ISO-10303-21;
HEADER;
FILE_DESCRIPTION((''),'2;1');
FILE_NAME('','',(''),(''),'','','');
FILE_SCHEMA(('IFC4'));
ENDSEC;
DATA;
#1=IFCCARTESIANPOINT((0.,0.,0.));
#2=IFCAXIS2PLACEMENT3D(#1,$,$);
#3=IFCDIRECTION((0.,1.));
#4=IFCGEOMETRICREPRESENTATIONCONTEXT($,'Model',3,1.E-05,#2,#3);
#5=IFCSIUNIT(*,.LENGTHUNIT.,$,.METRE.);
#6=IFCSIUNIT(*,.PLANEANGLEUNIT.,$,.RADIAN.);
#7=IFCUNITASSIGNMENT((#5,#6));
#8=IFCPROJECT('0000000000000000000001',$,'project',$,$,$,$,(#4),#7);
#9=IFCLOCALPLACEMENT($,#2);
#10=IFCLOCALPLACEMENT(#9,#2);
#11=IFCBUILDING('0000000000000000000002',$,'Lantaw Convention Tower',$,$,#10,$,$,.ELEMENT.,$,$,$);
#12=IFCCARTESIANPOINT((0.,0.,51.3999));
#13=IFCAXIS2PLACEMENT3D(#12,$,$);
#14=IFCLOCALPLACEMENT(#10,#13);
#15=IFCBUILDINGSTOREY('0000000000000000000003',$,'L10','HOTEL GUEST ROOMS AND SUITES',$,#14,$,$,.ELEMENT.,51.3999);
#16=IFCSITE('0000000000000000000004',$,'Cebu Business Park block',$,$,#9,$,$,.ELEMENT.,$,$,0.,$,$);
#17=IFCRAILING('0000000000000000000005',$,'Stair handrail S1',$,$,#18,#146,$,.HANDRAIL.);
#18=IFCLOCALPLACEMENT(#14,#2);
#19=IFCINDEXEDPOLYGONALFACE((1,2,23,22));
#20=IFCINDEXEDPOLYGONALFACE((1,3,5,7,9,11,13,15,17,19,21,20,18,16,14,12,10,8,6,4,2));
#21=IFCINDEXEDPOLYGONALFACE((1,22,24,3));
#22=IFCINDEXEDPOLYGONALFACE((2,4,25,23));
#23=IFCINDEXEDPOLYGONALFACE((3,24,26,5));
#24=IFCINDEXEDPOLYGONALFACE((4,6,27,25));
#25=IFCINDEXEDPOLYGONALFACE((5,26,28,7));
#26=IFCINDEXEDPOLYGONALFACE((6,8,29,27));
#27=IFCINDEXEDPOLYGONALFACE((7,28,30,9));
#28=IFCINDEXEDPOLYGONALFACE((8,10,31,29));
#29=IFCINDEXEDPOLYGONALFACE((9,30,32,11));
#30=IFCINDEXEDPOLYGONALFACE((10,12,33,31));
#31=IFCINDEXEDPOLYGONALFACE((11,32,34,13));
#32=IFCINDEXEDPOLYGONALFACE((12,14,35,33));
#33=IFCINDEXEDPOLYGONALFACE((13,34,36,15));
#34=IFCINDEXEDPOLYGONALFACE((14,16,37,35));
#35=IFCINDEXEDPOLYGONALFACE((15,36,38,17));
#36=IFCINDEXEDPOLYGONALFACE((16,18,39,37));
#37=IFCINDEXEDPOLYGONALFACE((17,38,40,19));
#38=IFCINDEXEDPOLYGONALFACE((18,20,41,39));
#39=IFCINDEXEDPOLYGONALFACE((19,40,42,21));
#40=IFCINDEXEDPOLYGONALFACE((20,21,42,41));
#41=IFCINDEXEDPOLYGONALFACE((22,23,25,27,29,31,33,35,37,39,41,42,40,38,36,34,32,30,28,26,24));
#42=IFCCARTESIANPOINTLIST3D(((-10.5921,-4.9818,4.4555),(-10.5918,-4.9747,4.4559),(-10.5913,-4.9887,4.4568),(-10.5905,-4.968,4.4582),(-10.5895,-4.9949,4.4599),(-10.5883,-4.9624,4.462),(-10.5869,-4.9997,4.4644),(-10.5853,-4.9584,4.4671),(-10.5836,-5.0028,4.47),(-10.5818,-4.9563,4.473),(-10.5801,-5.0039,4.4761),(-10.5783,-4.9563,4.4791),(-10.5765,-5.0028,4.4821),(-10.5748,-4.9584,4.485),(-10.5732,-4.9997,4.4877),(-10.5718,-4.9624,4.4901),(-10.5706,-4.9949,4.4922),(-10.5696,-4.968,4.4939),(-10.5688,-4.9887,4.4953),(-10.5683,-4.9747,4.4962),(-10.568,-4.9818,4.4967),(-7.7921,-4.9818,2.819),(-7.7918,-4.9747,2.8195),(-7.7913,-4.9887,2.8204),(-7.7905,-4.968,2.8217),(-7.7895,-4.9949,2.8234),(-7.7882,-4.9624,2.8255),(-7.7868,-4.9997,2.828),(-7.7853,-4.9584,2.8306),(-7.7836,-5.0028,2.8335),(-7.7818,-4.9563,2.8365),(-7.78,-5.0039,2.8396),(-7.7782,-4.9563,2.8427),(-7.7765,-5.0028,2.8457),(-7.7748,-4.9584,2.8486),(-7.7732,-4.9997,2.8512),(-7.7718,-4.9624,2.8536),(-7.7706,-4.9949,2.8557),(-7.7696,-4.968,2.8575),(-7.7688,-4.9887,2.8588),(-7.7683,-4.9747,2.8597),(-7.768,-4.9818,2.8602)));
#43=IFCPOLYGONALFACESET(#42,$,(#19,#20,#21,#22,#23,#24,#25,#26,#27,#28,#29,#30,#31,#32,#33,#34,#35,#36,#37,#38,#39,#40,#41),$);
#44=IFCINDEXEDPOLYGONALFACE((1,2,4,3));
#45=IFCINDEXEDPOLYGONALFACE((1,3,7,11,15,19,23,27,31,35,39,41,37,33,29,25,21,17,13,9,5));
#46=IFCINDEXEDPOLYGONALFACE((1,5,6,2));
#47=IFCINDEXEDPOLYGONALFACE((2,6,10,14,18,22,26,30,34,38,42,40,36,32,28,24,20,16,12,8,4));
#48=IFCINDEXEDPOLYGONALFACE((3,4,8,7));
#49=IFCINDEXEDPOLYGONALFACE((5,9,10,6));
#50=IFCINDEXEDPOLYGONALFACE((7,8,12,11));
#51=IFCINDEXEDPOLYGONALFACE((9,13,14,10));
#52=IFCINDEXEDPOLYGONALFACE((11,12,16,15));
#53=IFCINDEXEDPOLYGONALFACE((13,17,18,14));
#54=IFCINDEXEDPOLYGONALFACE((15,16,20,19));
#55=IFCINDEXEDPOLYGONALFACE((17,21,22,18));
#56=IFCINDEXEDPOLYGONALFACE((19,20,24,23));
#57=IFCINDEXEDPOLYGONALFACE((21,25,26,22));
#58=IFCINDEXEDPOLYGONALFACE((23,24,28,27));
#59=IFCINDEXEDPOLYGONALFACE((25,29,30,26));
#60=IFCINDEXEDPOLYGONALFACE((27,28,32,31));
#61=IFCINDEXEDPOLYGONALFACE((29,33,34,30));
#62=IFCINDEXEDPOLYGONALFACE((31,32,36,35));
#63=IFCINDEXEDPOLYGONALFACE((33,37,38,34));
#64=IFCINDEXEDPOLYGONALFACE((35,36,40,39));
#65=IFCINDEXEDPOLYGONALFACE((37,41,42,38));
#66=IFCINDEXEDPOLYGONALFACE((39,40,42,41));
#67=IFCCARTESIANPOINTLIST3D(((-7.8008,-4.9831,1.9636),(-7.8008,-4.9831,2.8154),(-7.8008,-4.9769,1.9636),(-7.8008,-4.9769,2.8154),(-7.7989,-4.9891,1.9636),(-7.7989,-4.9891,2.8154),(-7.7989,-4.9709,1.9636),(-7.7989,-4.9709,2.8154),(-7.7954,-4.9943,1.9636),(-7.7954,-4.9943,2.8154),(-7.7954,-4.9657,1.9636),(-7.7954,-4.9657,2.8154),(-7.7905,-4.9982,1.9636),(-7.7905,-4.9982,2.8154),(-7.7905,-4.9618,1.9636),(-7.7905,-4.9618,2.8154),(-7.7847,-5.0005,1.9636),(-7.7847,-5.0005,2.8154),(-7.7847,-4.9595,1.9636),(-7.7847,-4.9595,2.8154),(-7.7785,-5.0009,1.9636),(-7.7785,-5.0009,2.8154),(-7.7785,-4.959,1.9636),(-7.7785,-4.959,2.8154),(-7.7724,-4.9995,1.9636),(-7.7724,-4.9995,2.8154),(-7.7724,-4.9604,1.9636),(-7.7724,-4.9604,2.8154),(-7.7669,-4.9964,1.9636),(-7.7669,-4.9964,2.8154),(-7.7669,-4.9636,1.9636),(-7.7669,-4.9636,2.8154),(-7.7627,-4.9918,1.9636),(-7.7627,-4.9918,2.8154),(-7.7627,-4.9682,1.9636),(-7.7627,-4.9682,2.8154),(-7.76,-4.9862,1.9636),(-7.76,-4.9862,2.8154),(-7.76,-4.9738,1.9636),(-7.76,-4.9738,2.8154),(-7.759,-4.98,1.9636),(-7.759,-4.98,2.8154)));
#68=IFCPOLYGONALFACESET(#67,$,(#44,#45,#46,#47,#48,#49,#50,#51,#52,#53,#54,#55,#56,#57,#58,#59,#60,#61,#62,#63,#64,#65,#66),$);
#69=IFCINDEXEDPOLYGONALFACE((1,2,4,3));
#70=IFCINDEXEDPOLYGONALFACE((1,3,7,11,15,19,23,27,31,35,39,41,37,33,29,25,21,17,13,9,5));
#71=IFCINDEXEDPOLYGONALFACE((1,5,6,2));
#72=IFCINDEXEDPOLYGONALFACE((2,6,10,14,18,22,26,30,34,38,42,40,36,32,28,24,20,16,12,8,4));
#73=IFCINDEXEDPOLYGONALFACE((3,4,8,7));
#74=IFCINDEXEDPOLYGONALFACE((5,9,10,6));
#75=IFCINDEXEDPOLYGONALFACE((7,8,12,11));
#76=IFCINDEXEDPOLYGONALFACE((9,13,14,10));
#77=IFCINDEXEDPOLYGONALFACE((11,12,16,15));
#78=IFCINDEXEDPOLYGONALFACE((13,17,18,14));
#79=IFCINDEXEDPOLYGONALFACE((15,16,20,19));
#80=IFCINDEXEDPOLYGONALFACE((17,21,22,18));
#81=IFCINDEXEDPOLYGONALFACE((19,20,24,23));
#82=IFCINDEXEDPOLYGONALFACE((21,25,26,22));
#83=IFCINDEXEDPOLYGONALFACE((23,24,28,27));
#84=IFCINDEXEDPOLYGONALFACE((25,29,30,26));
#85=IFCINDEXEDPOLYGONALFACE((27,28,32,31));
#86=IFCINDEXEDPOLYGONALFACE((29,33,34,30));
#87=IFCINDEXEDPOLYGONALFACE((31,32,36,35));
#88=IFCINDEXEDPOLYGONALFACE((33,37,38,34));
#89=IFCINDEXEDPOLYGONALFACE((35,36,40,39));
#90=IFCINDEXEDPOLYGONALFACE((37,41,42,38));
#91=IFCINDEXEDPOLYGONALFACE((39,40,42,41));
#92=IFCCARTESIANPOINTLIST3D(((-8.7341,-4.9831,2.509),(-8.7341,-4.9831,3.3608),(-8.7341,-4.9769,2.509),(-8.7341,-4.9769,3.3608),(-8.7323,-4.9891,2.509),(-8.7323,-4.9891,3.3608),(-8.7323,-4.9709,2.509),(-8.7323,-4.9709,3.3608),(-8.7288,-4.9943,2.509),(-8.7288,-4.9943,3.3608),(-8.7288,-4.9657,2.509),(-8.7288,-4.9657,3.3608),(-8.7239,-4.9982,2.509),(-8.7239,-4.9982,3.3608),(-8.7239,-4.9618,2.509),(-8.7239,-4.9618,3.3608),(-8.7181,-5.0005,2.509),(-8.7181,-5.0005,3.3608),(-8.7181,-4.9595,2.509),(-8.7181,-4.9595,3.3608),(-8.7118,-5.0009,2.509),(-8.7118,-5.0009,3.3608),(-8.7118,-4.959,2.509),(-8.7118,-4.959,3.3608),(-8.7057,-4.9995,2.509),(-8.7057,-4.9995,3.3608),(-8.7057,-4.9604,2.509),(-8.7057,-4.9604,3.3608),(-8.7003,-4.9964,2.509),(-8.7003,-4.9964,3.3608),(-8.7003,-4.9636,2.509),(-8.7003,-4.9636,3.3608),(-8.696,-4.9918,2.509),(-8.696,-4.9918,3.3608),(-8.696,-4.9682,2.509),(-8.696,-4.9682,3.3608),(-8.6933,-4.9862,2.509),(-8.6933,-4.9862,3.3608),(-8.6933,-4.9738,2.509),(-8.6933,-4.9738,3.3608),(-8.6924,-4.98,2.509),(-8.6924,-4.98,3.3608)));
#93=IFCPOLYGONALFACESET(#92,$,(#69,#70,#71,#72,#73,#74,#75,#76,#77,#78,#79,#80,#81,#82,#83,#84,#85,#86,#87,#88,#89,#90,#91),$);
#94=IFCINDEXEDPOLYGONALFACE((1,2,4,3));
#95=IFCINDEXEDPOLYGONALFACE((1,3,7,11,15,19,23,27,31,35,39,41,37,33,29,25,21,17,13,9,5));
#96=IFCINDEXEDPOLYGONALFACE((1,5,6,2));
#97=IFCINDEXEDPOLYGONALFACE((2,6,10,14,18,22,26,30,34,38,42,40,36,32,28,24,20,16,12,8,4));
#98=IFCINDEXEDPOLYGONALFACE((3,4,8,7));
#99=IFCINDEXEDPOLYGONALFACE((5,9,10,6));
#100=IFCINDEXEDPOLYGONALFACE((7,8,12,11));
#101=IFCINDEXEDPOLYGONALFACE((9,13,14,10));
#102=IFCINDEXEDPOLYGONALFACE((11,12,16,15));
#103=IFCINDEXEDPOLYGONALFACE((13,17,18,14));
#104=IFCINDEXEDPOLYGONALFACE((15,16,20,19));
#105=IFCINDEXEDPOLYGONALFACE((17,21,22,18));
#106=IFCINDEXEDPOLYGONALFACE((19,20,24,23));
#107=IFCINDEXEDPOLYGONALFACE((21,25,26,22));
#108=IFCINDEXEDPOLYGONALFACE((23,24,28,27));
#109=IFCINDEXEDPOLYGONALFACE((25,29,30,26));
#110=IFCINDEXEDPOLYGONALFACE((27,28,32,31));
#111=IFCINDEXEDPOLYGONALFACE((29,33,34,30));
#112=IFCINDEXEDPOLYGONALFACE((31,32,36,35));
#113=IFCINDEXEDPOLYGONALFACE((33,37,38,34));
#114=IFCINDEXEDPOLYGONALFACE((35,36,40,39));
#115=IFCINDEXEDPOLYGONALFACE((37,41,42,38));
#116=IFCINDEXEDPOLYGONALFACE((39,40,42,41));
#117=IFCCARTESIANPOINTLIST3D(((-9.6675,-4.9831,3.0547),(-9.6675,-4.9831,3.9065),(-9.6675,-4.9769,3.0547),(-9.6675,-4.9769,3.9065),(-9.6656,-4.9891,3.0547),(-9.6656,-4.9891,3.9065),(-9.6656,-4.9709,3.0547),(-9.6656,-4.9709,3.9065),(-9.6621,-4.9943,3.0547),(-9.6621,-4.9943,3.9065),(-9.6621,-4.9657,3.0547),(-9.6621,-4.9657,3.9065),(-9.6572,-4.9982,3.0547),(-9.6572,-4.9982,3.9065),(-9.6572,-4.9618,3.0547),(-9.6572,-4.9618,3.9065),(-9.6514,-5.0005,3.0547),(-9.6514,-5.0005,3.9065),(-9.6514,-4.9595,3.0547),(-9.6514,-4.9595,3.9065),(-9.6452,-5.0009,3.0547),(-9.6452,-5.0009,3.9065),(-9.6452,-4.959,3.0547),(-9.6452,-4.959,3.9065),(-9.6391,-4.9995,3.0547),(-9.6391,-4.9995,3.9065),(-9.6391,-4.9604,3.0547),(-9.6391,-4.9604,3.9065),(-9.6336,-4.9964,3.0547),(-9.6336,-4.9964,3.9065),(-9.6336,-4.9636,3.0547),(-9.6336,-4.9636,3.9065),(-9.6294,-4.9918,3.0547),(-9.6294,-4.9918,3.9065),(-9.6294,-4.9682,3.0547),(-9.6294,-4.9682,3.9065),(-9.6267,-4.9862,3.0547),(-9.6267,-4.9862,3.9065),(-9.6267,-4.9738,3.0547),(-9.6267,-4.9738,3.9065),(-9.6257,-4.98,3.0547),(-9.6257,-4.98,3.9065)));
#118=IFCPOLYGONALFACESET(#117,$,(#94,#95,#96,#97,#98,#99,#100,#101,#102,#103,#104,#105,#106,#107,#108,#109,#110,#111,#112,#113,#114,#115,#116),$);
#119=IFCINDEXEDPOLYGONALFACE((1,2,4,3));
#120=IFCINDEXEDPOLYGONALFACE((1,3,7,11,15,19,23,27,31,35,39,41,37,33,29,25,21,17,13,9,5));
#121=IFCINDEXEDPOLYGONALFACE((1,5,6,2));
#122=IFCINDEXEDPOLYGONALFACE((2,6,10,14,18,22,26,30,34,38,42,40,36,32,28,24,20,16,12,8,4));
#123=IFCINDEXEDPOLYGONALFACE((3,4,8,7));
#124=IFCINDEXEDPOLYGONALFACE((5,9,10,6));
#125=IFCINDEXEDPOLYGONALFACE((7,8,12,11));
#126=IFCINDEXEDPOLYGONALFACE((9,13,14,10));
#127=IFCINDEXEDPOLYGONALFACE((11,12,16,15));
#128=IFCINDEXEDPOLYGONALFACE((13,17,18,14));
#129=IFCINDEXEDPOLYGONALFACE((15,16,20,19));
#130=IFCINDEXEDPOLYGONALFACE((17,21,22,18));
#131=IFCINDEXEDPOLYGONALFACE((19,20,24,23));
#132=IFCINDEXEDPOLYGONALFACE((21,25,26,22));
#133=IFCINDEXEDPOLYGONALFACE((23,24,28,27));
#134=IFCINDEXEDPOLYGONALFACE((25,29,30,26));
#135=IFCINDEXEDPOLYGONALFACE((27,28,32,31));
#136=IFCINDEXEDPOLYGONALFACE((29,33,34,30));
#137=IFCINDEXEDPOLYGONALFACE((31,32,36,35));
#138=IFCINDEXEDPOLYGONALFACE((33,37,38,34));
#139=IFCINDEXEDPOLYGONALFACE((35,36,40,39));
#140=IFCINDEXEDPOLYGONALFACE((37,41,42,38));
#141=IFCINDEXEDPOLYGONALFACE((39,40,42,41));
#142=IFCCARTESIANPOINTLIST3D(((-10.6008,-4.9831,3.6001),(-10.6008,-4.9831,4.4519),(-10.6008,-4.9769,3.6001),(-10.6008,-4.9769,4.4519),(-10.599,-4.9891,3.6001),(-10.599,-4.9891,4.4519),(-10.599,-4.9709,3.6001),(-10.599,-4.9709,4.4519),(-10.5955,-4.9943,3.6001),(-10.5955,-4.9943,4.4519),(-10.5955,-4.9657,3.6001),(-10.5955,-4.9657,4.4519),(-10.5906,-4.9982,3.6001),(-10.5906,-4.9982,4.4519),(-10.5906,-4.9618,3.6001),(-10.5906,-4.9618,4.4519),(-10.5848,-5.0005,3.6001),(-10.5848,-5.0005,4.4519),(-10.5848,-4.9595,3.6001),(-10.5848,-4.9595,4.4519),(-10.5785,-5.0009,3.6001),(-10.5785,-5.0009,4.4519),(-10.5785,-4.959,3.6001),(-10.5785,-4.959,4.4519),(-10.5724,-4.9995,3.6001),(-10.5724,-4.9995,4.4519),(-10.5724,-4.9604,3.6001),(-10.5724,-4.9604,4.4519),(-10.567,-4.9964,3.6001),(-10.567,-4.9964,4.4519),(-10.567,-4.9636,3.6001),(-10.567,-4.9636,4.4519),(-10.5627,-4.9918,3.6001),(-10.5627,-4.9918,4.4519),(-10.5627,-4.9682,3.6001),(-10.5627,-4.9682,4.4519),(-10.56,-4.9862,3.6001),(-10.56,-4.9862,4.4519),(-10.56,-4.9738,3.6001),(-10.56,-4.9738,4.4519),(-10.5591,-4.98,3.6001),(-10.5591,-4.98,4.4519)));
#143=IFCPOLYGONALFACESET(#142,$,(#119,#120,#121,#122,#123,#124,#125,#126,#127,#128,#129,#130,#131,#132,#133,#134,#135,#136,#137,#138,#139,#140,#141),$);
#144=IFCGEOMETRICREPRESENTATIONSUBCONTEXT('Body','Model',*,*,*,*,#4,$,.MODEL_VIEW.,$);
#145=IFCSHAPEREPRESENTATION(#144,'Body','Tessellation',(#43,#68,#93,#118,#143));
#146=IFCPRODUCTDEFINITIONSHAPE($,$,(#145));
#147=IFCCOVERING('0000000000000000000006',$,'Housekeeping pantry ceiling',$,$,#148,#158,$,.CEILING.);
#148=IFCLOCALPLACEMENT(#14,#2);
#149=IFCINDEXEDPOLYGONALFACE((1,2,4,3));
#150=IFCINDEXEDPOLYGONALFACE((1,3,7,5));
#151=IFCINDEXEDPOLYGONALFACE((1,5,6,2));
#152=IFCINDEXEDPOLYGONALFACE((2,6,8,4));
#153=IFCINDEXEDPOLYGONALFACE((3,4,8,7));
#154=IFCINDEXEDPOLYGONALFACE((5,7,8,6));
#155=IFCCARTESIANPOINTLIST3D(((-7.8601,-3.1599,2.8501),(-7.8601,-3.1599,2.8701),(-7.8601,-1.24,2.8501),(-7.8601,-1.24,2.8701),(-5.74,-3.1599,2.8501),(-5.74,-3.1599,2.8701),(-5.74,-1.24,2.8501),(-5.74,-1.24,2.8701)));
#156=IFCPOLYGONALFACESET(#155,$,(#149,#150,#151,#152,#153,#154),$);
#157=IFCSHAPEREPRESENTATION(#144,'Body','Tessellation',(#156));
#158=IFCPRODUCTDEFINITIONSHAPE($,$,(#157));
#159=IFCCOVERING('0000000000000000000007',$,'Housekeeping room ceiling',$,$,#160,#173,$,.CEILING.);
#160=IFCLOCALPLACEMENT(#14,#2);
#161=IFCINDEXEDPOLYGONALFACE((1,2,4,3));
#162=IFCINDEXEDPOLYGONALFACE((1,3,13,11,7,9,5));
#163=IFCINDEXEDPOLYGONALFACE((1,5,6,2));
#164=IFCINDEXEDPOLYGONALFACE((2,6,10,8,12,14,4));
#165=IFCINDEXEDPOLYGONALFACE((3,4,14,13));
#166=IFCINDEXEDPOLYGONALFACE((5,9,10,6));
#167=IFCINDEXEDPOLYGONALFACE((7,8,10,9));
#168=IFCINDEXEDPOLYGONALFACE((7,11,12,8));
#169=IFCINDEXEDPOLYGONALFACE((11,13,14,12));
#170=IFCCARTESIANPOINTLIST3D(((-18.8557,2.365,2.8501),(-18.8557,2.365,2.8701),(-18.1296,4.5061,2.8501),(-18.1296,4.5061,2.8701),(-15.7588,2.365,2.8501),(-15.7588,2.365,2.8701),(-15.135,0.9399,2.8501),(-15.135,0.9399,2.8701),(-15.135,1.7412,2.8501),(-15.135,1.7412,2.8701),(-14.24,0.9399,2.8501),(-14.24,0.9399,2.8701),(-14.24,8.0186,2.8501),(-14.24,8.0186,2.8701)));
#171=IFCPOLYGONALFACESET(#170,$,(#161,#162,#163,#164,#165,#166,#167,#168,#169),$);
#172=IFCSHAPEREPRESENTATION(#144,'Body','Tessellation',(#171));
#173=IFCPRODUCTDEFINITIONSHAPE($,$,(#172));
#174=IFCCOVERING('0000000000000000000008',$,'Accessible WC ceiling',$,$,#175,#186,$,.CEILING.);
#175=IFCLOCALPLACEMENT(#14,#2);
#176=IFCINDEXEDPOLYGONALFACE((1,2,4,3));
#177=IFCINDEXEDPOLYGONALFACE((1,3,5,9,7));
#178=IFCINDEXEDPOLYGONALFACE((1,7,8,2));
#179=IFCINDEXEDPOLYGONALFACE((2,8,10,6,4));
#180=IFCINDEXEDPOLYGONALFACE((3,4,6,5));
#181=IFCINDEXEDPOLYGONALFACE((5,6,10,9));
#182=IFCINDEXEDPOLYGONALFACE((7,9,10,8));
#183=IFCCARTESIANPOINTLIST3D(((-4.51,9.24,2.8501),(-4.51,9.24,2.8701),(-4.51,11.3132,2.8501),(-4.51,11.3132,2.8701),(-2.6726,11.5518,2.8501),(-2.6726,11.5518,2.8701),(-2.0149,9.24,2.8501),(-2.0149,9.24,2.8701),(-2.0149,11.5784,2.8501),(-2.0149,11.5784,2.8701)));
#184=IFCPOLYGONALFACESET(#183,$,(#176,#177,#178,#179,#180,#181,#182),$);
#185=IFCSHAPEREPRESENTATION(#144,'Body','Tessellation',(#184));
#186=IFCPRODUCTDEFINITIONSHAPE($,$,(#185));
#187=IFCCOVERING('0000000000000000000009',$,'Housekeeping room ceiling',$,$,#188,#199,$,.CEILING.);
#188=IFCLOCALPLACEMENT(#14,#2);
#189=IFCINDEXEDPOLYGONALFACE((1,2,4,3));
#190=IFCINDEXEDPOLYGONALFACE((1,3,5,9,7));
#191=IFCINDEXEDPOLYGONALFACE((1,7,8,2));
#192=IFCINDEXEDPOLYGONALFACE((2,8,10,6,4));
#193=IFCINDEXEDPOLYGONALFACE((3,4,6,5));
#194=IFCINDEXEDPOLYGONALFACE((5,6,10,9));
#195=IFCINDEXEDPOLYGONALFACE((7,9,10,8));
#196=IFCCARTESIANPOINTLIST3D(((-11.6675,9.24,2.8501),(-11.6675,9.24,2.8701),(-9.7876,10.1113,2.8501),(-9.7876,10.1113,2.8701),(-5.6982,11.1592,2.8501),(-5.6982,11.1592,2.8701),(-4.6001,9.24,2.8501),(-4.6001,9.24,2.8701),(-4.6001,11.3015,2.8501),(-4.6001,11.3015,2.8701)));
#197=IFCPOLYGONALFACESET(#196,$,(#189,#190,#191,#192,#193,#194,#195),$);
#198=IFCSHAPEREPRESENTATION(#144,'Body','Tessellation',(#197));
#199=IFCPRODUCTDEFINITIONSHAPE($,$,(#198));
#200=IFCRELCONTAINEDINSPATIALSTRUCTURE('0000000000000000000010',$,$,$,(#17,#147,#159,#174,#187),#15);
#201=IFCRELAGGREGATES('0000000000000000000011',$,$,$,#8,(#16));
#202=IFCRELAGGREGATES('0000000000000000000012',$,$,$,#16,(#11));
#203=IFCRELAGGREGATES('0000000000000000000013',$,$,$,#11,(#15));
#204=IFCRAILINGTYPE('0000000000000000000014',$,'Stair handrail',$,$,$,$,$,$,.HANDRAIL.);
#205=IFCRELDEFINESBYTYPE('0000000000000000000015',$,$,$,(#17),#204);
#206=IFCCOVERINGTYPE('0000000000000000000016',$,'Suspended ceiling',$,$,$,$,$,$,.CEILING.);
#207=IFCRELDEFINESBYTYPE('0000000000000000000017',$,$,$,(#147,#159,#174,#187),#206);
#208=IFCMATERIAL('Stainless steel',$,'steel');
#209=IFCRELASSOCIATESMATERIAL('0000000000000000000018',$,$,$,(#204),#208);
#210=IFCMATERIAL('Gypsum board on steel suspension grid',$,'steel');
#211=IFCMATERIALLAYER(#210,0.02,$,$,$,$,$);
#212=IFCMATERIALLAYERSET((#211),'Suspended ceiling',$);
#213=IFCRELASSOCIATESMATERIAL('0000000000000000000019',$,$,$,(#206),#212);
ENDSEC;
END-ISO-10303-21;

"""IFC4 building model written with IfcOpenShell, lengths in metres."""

from ifc_helpers import new_model, si_unit, direction, frame, origin, origin_2d, place, context, subcontext, project, spatial, polyline, circle, outline, extrude, material, layer, layer_set, type_object, element, save


model = new_model("IFC4")

# Units and contexts
model_context = context("Model", 3, precision=1e-05, world=origin(), true_north=direction((0.0, 1.0)))
body_context = subcontext(model_context, "Body", "Model", "MODEL_VIEW")
ifc_project = project(units=[si_unit("LENGTHUNIT", "METRE"), si_unit("PLANEANGLEUNIT", "RADIAN")], contexts=[model_context])

# Site, building, storey
site_placement = place(None, origin())
site = spatial("IfcSite", under=ifc_project, at=site_placement, Name="Cebu Business Park block", CompositionType="ELEMENT", RefElevation=0.0)
building_placement = place(site_placement, origin())
building = spatial("IfcBuilding", under=site, at=building_placement, Name="Lantaw Convention Tower", CompositionType="ELEMENT")
storey_placement = place(building_placement, frame((0.0, 0.0, 51.3999)))
storey = spatial("IfcBuildingStorey", under=building, at=storey_placement, Name="L10", Description="HOTEL GUEST ROOMS AND SUITES", CompositionType="ELEMENT", Elevation=51.3999)

# Shared definitions
ifc_material_1 = material(Name="Stainless steel", Category="steel")

# Railing
railing_type = type_object("IfcRailingType", Name="Stair handrail", PredefinedType="HANDRAIL", material=ifc_material_1)
railing_1_placement = place(storey_placement, frame((-7.78, -4.98, 1.9636)))
element("IfcRailing", 1, at=railing_1_placement, inside=storey, type_object=railing_type, Name="Stair handrail S1", PredefinedType="HANDRAIL", context=body_context, shape_type="SweptSolid", body=[
    extrude(circle(Radius=0.0239, at=origin_2d()), frame((0.0, 0.0, 0.876), z_axis=(-0.863361, 0.0, 0.504587), x_axis=(0.0, -1.0, 0.0)), (0.0, 0.0, 1.0), 3.2432),
    extrude(circle(Radius=0.021, at=origin_2d()), origin(), (0.0, 0.0, 1.0), 0.8518),
    extrude(circle(Radius=0.021, at=origin_2d()), frame((-0.9333, 0.0, 0.5454)), (0.0, 0.0, 1.0), 0.8518),
    extrude(circle(Radius=0.021, at=origin_2d()), frame((-1.8667, 0.0, 1.0911)), (0.0, 0.0, 1.0), 0.8518),
    extrude(circle(Radius=0.021, at=origin_2d()), frame((-2.8, 0.0, 1.6365)), (0.0, 0.0, 1.0), 0.8518),
])

# Coverings
ifc_material_2 = material(Name="Gypsum board on steel suspension grid", Category="steel")
ifc_layer_1 = layer(ifc_material_2, 0.02)
ifc_layer_set_1 = layer_set([ifc_layer_1], Name="Suspended ceiling")
covering_type = type_object("IfcCoveringType", Name="Suspended ceiling", PredefinedType="CEILING", material=ifc_layer_set_1)
covering_1_placement = place(storey_placement, frame((0.0, 0.0, 2.8501)))
element("IfcCovering", 2, at=covering_1_placement, inside=storey, type_object=covering_type, Name="Housekeeping pantry ceiling", PredefinedType="CEILING", context=body_context, shape_type="SweptSolid", body=[
    extrude(outline(polyline([(-7.8601, -3.1599), (-5.74, -3.1599), (-5.74, -1.24), (-7.8601, -1.24), (-7.8601, -3.1599)])), origin(), (0.0, 0.0, 1.0), 0.02),
])
covering_2_placement = place(storey_placement, frame((0.0, 0.0, 2.8501)))
element("IfcCovering", 3, at=covering_2_placement, inside=storey, type_object=covering_type, Name="Housekeeping room ceiling", PredefinedType="CEILING", context=body_context, shape_type="SweptSolid", body=[
    extrude(outline(polyline([(-14.24, 0.9399), (-14.24, 8.0186), (-18.1296, 4.5061), (-18.8557, 2.365), (-15.7588, 2.365), (-15.135, 1.7412), (-15.135, 0.9399), (-14.24, 0.9399)])), origin(), (0.0, 0.0, 1.0), 0.02),
])
covering_3_placement = place(storey_placement, frame((0.0, 0.0, 2.8501)))
element("IfcCovering", 4, at=covering_3_placement, inside=storey, type_object=covering_type, Name="Accessible WC ceiling", PredefinedType="CEILING", context=body_context, shape_type="SweptSolid", body=[
    extrude(outline(polyline([(-2.0149, 11.5784), (-2.6726, 11.5518), (-4.51, 11.3132), (-4.51, 9.24), (-2.0149, 9.24), (-2.0149, 11.5784)])), origin(), (0.0, 0.0, 1.0), 0.02),
])
covering_4_placement = place(storey_placement, frame((0.0, 0.0, 2.8501)))
element("IfcCovering", 5, at=covering_4_placement, inside=storey, type_object=covering_type, Name="Housekeeping room ceiling", PredefinedType="CEILING", context=body_context, shape_type="SweptSolid", body=[
    extrude(outline(polyline([(-11.6675, 9.24), (-4.6001, 9.24), (-4.6001, 11.3015), (-5.6982, 11.1592), (-9.7876, 10.1113), (-11.6675, 9.24)])), origin(), (0.0, 0.0, 1.0), 0.02),
])

save(model, "model.ifc")
